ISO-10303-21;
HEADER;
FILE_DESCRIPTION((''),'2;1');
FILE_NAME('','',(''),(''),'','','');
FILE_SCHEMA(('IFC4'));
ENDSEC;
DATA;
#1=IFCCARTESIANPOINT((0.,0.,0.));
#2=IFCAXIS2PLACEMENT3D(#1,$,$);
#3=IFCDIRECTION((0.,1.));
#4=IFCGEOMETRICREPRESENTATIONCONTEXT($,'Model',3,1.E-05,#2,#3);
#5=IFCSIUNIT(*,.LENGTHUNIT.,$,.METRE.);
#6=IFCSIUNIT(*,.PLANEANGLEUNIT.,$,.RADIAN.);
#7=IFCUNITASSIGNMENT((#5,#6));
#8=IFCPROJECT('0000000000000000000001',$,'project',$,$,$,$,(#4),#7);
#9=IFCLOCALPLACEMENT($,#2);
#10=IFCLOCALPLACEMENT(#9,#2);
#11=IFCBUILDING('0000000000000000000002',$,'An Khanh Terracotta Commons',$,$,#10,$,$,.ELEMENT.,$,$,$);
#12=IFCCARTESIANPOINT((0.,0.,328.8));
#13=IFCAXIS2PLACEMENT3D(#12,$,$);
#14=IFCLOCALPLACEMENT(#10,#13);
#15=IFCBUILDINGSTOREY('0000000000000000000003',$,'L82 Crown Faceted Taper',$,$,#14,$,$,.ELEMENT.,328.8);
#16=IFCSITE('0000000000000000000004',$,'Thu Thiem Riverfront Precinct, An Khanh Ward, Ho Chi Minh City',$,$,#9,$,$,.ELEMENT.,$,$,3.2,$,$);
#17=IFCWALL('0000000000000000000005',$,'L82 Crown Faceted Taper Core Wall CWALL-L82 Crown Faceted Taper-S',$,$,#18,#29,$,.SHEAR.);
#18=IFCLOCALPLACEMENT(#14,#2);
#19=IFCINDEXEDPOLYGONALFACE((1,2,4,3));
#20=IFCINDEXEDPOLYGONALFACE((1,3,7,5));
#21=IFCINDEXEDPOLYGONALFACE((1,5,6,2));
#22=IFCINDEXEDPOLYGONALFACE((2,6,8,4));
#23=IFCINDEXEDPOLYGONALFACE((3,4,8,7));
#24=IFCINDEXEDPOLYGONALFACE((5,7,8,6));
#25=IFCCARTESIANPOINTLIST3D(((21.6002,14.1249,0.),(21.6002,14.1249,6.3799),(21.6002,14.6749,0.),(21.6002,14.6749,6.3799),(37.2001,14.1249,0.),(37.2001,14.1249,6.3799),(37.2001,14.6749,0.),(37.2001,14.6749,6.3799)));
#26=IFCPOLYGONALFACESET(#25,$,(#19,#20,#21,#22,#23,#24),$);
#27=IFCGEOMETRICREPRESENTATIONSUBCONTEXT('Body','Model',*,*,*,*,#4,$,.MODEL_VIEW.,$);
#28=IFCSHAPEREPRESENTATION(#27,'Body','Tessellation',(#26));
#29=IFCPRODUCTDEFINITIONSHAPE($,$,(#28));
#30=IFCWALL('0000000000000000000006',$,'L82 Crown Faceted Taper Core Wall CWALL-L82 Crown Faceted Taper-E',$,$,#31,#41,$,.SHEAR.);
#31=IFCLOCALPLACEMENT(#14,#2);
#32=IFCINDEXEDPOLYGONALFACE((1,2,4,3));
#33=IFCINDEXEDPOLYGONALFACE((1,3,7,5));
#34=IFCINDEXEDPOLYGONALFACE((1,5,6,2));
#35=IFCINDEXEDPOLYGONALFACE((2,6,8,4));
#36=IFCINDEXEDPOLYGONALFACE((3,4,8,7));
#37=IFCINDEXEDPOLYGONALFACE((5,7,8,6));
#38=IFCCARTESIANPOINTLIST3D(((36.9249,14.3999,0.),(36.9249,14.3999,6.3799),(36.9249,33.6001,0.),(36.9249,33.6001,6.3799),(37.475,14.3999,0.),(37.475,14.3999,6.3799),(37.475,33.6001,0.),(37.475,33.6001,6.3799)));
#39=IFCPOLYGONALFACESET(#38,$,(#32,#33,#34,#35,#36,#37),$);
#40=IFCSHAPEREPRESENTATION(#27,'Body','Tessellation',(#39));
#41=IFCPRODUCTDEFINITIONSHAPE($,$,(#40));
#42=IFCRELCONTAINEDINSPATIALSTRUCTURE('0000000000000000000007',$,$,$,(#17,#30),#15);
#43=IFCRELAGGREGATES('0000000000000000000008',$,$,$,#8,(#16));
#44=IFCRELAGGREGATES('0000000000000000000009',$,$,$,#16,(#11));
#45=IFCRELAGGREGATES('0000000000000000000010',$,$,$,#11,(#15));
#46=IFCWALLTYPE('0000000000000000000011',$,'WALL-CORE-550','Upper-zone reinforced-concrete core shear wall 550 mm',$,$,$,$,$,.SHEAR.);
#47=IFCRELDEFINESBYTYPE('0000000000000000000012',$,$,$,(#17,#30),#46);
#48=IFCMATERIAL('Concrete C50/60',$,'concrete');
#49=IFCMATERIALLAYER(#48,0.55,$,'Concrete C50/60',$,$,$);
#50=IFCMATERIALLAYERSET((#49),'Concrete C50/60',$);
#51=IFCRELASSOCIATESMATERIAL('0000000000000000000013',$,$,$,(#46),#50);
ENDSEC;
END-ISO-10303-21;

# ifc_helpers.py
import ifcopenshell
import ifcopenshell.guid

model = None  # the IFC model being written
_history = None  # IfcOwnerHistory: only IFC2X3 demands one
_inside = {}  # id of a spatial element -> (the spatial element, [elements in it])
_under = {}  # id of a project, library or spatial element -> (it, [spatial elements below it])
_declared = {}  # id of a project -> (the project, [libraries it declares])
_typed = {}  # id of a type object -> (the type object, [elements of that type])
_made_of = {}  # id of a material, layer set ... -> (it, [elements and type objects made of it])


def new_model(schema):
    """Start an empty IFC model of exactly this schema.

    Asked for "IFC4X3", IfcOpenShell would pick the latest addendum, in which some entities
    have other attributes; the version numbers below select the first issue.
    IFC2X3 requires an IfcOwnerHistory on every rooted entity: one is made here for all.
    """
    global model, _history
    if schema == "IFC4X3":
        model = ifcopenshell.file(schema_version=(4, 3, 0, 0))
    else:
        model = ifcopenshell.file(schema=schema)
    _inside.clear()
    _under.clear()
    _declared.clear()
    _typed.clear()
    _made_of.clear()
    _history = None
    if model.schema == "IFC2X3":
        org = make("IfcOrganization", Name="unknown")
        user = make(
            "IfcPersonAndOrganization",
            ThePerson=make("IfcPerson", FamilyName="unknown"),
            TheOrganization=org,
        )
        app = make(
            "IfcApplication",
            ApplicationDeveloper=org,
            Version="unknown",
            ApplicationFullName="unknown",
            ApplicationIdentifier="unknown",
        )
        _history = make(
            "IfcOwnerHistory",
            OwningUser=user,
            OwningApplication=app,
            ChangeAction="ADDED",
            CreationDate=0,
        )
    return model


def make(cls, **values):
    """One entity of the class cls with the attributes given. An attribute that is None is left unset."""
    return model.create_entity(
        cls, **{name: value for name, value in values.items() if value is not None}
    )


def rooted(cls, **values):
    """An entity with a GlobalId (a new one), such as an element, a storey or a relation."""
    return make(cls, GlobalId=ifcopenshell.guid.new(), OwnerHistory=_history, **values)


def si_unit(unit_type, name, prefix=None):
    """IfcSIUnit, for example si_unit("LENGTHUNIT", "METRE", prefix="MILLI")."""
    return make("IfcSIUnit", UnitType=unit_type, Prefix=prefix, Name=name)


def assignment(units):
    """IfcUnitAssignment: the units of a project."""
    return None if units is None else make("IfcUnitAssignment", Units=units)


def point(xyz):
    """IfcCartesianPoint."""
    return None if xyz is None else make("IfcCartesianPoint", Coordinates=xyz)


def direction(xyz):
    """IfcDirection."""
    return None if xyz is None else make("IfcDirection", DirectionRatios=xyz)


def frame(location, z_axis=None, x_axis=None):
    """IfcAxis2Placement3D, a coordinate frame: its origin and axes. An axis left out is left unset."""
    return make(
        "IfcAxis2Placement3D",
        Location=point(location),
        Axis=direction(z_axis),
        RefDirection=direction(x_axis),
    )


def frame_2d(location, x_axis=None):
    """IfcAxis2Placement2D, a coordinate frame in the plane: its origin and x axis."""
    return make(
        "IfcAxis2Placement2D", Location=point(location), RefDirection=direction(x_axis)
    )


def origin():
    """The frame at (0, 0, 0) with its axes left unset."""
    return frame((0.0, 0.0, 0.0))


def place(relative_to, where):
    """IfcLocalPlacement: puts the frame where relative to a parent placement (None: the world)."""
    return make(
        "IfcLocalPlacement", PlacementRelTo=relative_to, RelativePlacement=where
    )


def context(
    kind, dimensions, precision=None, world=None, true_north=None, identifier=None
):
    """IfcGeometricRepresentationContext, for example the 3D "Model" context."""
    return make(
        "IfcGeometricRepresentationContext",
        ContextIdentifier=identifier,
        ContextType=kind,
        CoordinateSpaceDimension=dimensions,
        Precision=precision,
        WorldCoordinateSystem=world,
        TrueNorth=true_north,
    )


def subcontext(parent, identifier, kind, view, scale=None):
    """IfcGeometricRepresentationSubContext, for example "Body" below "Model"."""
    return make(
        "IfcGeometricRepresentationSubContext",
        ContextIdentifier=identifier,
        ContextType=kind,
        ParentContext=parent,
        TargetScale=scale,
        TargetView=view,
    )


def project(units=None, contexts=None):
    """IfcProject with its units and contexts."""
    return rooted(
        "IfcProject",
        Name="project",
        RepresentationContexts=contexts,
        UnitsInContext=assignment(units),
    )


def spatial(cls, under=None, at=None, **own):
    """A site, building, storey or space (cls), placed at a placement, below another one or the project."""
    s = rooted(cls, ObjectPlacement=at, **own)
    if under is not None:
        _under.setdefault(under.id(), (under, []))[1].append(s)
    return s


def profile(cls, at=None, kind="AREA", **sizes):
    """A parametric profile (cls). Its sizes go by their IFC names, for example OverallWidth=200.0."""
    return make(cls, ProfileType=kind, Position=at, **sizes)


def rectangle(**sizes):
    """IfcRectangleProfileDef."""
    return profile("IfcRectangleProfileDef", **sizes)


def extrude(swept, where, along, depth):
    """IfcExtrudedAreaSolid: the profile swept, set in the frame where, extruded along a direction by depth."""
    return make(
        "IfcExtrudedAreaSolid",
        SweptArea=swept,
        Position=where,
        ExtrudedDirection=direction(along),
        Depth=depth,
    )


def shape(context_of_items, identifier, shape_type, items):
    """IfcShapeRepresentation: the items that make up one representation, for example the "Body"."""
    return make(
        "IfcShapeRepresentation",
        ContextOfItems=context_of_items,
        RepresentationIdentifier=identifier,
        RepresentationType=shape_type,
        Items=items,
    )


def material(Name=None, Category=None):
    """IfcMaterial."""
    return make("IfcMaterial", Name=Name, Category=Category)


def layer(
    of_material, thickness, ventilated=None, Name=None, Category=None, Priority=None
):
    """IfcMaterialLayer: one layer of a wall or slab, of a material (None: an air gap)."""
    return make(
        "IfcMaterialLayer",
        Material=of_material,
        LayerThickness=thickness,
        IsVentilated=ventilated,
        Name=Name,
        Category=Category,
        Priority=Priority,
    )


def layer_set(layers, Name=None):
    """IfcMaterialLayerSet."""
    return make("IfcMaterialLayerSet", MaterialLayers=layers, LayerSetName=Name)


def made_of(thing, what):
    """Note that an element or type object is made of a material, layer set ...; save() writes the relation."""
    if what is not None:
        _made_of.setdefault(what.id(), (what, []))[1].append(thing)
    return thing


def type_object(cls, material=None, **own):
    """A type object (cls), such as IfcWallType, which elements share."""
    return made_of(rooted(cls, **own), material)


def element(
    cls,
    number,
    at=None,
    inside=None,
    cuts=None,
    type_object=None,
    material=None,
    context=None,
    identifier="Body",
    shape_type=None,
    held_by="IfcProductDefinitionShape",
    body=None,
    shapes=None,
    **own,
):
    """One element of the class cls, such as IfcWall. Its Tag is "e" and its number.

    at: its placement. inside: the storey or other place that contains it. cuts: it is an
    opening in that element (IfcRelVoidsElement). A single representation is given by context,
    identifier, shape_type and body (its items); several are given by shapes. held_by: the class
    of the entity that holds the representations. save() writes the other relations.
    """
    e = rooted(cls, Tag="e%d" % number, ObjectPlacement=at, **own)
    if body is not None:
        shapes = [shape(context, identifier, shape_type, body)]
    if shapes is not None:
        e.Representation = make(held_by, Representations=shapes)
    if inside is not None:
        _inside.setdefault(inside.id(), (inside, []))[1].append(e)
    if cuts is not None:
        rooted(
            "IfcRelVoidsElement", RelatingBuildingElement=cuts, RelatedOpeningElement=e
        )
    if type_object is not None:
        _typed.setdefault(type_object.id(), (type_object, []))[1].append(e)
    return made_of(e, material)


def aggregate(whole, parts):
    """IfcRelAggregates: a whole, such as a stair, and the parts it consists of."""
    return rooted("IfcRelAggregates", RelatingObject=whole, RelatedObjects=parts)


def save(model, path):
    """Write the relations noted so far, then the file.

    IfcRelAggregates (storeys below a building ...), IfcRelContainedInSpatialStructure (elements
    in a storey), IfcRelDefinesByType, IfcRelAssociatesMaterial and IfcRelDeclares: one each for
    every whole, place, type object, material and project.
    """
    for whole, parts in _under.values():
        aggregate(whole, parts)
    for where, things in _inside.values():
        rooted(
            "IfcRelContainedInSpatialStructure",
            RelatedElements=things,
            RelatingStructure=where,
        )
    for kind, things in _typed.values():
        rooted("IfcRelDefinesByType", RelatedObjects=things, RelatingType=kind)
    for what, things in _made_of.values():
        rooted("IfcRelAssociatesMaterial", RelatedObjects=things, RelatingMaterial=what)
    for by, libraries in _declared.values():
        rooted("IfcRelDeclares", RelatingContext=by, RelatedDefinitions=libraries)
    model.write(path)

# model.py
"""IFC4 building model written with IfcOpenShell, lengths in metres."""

from ifc_helpers import new_model, si_unit, direction, frame, frame_2d, origin, place, context, subcontext, project, spatial, rectangle, extrude, material, layer, layer_set, type_object, element, save


model = new_model("IFC4")

# Units and contexts
model_context = context("Model", 3, precision=1e-05, world=origin(), true_north=direction((0.0, 1.0)))
body_context = subcontext(model_context, "Body", "Model", "MODEL_VIEW")
ifc_project = project(units=[si_unit("LENGTHUNIT", "METRE"), si_unit("PLANEANGLEUNIT", "RADIAN")], contexts=[model_context])

# Site, building, storey
site_placement = place(None, origin())
site = spatial("IfcSite", under=ifc_project, at=site_placement, Name="Thu Thiem Riverfront Precinct, An Khanh Ward, Ho Chi Minh City", CompositionType="ELEMENT", RefElevation=3.2)
building_placement = place(site_placement, origin())
building = spatial("IfcBuilding", under=site, at=building_placement, Name="An Khanh Terracotta Commons", CompositionType="ELEMENT")
storey_placement = place(building_placement, frame((0.0, 0.0, 328.8)))
storey = spatial("IfcBuildingStorey", under=building, at=storey_placement, Name="L82 Crown Faceted Taper", CompositionType="ELEMENT", Elevation=328.8)

# Walls
ifc_material_1 = material(Name="Concrete C50/60", Category="concrete")
ifc_layer_1 = layer(ifc_material_1, 0.55, Name="Concrete C50/60")
ifc_layer_set_1 = layer_set([ifc_layer_1], Name="Concrete C50/60")
wall_type = type_object("IfcWallType", Name="WALL-CORE-550", Description="Upper-zone reinforced-concrete core shear wall 550 mm", PredefinedType="SHEAR", material=ifc_layer_set_1)
wall_1_placement = place(storey_placement, frame((37.2, 14.3999, 0.0), z_axis=(0.0, 0.0, 1.0), x_axis=(-1.0, 0.0, 0.0)))
element("IfcWall", 1, at=wall_1_placement, inside=storey, type_object=wall_type, Name="L82 Crown Faceted Taper Core Wall CWALL-L82 Crown Faceted Taper-S", PredefinedType="SHEAR", context=body_context, shape_type="SweptSolid", body=[
    extrude(rectangle(XDim=15.5999, YDim=0.55, at=frame_2d((7.7998, 0.0))), origin(), (0.0, 0.0, 1.0), 6.3799),
])
wall_2_placement = place(storey_placement, frame((37.2, 14.3999, 0.0), z_axis=(0.0, 0.0, 1.0), x_axis=(0.0, 1.0, 0.0)))
element("IfcWall", 2, at=wall_2_placement, inside=storey, type_object=wall_type, Name="L82 Crown Faceted Taper Core Wall CWALL-L82 Crown Faceted Taper-E", PredefinedType="SHEAR", context=body_context, shape_type="SweptSolid", body=[
    extrude(rectangle(XDim=19.2002, YDim=0.55, at=frame_2d((9.6001, 0.0))), origin(), (0.0, 0.0, 1.0), 6.3799),
])

save(model, "model.ifc")
